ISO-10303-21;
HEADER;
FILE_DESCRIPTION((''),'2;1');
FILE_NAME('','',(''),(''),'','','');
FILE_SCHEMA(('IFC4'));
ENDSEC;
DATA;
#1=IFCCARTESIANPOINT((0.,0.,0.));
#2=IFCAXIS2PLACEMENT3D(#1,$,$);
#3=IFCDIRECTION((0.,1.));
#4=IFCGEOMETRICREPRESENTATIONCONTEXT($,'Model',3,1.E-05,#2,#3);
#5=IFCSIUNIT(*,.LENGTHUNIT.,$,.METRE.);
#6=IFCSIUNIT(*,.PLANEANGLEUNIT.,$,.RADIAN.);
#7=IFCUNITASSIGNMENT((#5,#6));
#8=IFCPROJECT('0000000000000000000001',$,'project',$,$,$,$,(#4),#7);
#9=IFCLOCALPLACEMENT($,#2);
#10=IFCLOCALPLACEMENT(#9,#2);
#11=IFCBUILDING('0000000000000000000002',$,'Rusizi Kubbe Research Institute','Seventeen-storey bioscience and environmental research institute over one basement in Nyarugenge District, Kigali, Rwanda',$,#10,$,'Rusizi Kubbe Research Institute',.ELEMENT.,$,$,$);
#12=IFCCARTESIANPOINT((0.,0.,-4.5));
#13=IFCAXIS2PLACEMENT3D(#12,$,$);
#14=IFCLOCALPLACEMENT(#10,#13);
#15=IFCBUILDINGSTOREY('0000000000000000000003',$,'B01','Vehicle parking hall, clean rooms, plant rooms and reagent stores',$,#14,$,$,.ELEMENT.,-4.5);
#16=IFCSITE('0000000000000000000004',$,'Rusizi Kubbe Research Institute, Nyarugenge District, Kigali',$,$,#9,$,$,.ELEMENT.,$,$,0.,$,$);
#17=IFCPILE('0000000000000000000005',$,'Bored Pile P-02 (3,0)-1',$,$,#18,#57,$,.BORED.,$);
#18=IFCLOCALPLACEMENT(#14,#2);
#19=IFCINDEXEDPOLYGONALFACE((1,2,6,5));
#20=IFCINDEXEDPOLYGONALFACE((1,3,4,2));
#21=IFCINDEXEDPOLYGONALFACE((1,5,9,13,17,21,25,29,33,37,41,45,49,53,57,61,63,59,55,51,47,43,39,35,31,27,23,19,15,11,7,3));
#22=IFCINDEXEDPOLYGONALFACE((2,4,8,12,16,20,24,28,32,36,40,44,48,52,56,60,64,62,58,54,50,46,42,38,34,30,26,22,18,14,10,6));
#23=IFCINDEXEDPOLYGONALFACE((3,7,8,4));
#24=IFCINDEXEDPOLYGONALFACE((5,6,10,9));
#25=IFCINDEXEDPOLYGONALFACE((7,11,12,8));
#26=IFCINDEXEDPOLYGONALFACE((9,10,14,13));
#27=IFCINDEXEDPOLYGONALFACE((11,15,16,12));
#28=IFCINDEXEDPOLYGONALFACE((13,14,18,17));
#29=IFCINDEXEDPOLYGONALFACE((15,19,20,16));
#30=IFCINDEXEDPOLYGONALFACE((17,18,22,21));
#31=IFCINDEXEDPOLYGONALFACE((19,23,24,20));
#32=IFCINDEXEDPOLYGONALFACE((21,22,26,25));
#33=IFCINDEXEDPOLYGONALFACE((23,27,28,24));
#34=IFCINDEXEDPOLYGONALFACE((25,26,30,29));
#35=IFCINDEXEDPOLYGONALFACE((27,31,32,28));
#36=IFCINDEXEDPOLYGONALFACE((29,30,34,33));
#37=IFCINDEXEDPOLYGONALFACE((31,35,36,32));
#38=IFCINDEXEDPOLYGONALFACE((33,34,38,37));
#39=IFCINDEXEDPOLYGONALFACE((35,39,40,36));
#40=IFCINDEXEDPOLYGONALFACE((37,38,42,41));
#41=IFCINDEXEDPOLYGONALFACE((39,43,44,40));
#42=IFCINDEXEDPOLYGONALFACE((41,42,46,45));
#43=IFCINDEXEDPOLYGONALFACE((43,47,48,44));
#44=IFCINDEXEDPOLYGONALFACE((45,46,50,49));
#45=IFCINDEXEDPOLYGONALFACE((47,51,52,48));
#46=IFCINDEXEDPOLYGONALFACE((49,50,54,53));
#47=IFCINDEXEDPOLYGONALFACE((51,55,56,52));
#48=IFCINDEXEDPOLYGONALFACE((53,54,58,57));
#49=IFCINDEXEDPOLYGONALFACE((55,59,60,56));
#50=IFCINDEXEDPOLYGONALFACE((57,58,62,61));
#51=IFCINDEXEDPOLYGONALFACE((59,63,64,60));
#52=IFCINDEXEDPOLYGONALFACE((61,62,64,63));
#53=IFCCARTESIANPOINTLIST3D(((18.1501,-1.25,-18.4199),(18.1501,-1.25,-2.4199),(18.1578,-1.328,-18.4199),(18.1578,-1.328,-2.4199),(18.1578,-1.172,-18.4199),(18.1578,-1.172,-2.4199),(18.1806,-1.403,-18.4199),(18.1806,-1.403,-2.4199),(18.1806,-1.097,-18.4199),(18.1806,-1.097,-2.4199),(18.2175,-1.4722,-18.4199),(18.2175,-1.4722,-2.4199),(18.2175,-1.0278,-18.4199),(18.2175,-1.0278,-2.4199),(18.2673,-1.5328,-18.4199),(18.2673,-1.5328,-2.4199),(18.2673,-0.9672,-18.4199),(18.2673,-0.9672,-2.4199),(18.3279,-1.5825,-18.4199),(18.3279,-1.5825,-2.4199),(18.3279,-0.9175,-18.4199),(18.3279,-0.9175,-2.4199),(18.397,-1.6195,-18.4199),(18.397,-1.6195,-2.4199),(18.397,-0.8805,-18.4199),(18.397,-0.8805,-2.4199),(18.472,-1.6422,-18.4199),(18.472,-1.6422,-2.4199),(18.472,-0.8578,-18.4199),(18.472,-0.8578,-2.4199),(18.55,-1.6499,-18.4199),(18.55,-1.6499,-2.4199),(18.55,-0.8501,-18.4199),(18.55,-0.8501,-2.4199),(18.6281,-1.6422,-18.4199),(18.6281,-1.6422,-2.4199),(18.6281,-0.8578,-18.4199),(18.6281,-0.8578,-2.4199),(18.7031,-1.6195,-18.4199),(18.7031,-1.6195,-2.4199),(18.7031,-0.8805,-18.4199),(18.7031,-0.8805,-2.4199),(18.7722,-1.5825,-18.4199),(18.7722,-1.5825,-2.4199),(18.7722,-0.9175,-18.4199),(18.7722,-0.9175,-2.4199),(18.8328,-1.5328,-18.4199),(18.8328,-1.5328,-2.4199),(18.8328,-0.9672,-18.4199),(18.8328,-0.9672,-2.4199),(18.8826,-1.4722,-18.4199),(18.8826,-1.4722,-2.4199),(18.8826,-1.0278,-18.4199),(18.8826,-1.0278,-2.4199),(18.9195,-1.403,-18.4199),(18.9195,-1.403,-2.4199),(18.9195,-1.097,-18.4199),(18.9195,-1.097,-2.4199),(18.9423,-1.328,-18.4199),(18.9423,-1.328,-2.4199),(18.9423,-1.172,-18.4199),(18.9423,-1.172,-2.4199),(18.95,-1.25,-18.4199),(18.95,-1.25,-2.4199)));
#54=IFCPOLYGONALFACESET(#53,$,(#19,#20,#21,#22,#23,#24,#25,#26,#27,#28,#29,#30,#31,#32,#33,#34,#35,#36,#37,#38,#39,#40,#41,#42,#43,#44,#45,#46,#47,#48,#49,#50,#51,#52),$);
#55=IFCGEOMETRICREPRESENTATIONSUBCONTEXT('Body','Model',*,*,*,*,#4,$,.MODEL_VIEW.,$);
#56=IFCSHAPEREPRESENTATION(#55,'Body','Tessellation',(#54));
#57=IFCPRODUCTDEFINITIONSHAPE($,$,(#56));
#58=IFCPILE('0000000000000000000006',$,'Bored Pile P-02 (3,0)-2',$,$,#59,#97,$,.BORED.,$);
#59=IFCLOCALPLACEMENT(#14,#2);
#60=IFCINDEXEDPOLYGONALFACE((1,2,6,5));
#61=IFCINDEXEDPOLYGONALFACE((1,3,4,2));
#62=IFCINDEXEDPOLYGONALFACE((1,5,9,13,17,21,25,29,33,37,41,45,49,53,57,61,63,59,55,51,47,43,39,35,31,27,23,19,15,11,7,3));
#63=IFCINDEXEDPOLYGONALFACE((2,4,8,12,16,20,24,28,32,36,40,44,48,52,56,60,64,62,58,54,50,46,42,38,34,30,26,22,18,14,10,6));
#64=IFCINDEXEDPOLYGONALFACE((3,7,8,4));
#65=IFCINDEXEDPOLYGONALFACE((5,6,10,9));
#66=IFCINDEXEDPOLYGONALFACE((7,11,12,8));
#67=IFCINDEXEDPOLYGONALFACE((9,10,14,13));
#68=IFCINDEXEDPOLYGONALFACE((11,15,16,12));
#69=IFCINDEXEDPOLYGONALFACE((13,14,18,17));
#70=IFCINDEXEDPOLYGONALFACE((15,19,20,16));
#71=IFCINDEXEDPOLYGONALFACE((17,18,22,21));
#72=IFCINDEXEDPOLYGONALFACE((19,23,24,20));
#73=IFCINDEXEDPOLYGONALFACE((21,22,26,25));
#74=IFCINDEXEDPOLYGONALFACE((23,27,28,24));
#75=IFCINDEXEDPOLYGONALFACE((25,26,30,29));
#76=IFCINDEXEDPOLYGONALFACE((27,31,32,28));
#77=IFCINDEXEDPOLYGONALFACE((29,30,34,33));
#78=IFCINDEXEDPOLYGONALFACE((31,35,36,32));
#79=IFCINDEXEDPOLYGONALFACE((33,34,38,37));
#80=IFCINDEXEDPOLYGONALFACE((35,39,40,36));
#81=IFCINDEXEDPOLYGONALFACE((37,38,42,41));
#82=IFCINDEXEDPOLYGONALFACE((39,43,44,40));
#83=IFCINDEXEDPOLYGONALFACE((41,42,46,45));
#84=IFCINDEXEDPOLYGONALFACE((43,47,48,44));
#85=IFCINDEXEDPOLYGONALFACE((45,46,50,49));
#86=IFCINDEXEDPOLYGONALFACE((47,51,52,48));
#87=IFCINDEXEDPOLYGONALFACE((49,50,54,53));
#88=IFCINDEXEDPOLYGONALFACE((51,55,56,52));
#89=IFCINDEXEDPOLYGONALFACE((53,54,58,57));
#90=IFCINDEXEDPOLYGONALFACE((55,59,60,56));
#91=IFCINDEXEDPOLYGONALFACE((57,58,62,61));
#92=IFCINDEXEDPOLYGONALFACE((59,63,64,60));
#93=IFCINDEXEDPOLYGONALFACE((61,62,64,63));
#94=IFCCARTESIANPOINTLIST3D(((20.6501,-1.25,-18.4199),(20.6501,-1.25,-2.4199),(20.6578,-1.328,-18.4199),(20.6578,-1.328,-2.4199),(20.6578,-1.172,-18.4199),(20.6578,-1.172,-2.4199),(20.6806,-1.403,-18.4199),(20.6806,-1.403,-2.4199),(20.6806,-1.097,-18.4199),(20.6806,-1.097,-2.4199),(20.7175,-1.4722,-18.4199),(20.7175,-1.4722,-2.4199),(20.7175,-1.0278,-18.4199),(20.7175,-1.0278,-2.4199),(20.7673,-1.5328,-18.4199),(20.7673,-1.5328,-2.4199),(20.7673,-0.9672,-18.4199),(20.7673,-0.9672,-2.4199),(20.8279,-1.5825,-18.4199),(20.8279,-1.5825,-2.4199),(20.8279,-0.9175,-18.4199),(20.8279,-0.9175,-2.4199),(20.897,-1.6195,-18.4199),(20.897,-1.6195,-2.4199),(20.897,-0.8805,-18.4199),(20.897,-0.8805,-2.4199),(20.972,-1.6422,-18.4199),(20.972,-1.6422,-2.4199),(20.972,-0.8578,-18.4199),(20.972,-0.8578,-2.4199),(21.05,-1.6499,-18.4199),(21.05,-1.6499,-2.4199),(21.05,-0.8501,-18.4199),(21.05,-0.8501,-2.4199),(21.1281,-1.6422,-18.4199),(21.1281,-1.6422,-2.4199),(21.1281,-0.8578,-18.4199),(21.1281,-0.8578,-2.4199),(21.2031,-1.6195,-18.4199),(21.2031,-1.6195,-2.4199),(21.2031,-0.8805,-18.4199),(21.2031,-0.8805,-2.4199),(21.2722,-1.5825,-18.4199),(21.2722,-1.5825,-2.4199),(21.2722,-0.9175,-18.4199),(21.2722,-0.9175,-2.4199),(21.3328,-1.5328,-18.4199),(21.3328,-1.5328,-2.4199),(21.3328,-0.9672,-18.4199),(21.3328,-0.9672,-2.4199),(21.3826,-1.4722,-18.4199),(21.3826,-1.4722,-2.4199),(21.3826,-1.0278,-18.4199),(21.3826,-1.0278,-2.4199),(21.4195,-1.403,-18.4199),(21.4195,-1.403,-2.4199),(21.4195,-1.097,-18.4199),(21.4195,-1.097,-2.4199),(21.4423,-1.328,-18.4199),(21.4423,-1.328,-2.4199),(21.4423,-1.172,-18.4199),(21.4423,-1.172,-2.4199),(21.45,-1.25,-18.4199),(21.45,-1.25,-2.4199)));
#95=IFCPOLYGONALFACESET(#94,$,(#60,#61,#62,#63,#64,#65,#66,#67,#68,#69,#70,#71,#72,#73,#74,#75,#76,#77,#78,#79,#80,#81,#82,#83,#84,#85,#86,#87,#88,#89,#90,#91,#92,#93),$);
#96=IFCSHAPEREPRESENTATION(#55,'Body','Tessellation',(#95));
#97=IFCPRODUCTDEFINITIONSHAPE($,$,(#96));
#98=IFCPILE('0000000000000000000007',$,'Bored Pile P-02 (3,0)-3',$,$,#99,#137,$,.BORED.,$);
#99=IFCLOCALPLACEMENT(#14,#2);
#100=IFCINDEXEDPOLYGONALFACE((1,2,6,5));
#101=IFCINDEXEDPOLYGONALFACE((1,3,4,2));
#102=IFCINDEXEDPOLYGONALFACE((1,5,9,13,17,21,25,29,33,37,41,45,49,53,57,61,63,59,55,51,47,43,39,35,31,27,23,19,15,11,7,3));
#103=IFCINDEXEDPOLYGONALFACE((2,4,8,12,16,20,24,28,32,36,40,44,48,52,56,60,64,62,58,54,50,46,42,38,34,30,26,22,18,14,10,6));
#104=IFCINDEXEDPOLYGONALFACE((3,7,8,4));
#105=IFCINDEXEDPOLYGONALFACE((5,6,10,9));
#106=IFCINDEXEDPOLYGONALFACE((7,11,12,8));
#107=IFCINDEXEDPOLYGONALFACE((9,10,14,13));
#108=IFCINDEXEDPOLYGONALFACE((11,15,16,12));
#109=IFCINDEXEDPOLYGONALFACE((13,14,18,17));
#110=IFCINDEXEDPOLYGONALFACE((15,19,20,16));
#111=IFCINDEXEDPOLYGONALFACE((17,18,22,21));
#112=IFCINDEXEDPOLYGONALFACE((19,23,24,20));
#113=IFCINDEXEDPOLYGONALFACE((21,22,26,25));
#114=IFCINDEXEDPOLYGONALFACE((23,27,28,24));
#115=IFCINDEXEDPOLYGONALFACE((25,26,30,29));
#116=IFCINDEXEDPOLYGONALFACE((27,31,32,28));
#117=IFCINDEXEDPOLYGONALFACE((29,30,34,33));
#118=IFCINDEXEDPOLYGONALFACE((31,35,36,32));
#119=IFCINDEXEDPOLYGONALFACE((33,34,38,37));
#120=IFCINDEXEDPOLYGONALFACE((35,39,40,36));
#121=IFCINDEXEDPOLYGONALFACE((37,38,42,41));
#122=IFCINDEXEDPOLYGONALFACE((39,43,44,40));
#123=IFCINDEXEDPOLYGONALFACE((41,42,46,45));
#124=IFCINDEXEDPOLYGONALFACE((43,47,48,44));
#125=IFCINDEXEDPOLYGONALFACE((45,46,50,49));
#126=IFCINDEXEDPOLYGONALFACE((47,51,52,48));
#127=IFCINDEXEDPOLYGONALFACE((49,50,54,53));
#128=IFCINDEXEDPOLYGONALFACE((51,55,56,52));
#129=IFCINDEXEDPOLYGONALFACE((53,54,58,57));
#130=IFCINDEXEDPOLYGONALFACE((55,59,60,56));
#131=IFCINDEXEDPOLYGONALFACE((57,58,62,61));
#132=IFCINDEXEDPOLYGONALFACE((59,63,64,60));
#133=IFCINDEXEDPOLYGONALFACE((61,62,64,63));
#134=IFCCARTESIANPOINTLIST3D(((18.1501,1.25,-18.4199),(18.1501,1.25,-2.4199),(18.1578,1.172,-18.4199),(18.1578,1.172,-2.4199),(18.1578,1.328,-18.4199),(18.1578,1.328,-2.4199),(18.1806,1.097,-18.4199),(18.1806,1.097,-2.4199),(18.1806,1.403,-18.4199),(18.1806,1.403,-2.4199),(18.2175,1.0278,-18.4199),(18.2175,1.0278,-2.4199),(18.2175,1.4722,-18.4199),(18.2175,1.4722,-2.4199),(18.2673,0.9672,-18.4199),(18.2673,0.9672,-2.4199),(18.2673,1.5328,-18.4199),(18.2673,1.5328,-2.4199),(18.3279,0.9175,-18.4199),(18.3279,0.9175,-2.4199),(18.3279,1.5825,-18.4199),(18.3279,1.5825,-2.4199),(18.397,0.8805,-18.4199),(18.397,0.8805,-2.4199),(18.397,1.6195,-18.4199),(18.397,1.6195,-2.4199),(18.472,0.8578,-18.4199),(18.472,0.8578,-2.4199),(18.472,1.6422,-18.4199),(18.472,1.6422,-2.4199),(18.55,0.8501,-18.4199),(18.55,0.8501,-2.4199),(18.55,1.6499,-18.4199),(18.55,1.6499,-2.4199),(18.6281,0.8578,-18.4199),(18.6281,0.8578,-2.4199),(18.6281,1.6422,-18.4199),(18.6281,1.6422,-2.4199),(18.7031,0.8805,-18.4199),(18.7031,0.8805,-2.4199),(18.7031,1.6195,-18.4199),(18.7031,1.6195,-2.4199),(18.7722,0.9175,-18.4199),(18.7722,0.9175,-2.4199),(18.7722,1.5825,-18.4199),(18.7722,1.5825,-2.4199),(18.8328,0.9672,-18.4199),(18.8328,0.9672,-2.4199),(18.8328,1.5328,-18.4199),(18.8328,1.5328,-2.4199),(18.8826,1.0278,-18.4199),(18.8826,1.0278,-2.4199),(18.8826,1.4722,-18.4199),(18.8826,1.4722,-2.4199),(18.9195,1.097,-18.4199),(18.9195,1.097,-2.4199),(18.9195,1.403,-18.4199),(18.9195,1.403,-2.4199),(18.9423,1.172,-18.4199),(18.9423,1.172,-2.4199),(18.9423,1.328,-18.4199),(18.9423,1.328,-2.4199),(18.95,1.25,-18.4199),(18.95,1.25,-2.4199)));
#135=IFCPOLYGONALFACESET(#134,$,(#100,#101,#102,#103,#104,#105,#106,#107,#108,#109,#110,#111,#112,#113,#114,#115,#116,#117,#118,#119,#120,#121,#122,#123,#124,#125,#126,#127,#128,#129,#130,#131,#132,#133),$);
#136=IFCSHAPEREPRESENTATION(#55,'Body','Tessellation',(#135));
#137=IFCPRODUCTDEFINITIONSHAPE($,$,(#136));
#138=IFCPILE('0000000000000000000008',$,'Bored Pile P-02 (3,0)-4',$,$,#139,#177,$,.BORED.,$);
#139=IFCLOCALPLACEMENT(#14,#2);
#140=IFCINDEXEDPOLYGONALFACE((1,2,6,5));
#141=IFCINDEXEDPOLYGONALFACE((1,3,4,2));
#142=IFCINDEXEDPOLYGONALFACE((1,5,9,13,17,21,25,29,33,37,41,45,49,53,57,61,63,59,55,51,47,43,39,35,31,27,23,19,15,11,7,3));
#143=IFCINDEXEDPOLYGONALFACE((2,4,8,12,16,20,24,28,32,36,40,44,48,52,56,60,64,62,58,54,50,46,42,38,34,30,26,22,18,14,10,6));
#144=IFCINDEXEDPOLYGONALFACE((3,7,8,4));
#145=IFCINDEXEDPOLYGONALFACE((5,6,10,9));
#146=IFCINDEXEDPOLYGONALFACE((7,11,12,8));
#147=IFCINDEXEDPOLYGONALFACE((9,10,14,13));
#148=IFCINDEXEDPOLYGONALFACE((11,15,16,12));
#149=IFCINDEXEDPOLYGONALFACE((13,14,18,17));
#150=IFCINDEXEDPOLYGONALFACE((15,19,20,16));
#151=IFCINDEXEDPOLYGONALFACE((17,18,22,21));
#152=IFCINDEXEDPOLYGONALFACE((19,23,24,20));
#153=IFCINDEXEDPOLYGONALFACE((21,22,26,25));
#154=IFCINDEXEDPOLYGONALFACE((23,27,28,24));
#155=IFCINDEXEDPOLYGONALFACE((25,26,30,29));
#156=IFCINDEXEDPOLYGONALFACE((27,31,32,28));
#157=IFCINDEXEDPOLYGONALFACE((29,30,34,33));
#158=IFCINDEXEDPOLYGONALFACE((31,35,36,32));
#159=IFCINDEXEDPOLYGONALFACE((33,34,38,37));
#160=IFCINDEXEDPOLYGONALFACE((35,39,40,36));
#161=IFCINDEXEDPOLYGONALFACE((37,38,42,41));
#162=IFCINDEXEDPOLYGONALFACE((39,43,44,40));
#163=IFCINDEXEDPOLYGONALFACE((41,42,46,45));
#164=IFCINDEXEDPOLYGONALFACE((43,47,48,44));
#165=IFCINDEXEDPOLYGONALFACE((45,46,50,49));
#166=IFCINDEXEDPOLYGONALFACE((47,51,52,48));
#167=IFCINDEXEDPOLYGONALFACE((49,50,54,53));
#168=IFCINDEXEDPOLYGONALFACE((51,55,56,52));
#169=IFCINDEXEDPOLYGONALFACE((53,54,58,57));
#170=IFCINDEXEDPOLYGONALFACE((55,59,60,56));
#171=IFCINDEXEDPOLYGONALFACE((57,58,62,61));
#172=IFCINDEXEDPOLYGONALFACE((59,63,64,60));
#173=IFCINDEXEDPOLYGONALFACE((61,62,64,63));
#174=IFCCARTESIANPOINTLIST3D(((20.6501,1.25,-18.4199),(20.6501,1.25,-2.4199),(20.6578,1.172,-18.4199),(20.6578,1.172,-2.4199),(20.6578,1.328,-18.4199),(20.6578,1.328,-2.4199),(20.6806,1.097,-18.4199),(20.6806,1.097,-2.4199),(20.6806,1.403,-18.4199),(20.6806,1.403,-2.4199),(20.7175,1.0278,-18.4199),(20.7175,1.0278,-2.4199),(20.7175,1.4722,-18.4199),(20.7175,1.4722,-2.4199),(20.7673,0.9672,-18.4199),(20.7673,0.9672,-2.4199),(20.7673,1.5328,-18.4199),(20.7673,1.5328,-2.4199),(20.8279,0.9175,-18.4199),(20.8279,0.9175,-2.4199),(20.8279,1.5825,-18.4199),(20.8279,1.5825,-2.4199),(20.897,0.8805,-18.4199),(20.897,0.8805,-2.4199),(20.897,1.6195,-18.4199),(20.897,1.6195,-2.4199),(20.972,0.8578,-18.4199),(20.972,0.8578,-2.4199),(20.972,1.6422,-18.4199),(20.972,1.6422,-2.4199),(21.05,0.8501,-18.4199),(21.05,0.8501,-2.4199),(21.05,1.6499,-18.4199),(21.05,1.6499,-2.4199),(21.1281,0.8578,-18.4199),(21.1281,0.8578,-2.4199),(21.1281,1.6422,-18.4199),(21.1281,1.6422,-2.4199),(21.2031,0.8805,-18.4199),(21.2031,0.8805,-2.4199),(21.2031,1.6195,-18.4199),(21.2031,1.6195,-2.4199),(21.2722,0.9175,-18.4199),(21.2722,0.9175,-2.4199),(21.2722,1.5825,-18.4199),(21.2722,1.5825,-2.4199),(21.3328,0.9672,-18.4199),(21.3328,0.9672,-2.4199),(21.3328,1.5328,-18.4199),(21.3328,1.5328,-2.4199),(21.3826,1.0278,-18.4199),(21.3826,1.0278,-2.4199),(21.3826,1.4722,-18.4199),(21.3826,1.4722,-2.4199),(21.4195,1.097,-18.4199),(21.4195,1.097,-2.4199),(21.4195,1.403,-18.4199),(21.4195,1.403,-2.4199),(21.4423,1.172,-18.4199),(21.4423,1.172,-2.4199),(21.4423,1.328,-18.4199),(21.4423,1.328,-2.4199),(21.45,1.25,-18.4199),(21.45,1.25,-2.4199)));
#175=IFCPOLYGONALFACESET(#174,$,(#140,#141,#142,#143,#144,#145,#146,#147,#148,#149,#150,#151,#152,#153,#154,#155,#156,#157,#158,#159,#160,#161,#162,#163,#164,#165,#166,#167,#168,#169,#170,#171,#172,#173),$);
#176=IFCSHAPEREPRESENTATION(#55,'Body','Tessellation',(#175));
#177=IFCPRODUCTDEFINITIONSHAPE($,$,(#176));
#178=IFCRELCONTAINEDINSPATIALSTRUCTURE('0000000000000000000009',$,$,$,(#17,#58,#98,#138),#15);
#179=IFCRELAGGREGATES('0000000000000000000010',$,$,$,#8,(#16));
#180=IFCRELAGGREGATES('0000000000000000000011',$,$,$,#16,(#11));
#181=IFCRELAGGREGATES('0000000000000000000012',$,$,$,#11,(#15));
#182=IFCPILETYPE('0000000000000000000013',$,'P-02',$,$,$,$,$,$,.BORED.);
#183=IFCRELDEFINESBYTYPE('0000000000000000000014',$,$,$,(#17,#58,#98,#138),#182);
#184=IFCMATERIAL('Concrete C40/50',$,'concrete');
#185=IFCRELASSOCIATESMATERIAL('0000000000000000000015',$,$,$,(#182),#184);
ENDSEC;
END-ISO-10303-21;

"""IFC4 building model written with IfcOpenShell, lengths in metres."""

from ifc_helpers import new_model, si_unit, direction, frame, origin, origin_2d, place, context, subcontext, project, spatial, circle, extrude, material, material_profile, profile_set, type_object, element, save


model = new_model("IFC4")

# Units and contexts
model_context = context("Model", 3, precision=1e-05, world=origin(), true_north=direction((0.0, 1.0)))
body_context = subcontext(model_context, "Body", "Model", "MODEL_VIEW")
ifc_project = project(units=[si_unit("LENGTHUNIT", "METRE"), si_unit("PLANEANGLEUNIT", "RADIAN")], contexts=[model_context])

# Site, building, storey
site_placement = place(None, origin())
site = spatial("IfcSite", under=ifc_project, at=site_placement, Name="Rusizi Kubbe Research Institute, Nyarugenge District, Kigali", CompositionType="ELEMENT", RefElevation=0.0)
building_placement = place(site_placement, origin())
building = spatial("IfcBuilding", under=site, at=building_placement, Name="Rusizi Kubbe Research Institute", Description="Seventeen-storey bioscience and environmental research institute over one basement in Nyarugenge District, Kigali, Rwanda", LongName="Rusizi Kubbe Research Institute", CompositionType="ELEMENT")
storey_placement = place(building_placement, frame((0.0, 0.0, -4.5)))
storey = spatial("IfcBuildingStorey", under=building, at=storey_placement, Name="B01", Description="Vehicle parking hall, clean rooms, plant rooms and reagent stores", CompositionType="ELEMENT", Elevation=-4.5)

# Piles
ifc_material_1 = material(Name="Concrete C40/50", Category="concrete")
ifc_material_profile_1 = material_profile(ifc_material_1, circle(Radius=0.3999, at=origin_2d()), Name="PILE-D800")
ifc_profile_set_1 = profile_set([ifc_material_profile_1], Name="Concrete C40/50")
pile_type_1 = type_object("IfcPileType", Name="P-02", PredefinedType="BORED", material=ifc_profile_set_1)
for number, where, z_axis, x_axis, name in (
    (1, (18.55, -1.25, -2.4199), (0.0, 0.0, -1.0), (1.0, 0.0, 0.0), "Bored Pile P-02 (3,0)-1"),
    (2, (21.05, -1.25, -2.4199), (0.0, 0.0, -1.0), (1.0, 0.0, 0.0), "Bored Pile P-02 (3,0)-2"),
    (3, (18.55, 1.25, -2.4199), (0.0, 0.0, -1.0), (1.0, 0.0, 0.0), "Bored Pile P-02 (3,0)-3"),
    (4, (21.05, 1.25, -2.4199), (0.0, 0.0, -1.0), (1.0, 0.0, 0.0), "Bored Pile P-02 (3,0)-4"),
):
    element("IfcPile", number, at=place(storey_placement, frame(where, z_axis=z_axis, x_axis=x_axis)), inside=storey, type_object=pile_type_1, Name=name, PredefinedType="BORED", context=body_context, shape_type="SweptSolid", body=[
        extrude(circle(Radius=0.3999, at=origin_2d()), origin(), (0.0, 0.0, 1.0), 16.0),
    ])

save(model, "model.ifc")
